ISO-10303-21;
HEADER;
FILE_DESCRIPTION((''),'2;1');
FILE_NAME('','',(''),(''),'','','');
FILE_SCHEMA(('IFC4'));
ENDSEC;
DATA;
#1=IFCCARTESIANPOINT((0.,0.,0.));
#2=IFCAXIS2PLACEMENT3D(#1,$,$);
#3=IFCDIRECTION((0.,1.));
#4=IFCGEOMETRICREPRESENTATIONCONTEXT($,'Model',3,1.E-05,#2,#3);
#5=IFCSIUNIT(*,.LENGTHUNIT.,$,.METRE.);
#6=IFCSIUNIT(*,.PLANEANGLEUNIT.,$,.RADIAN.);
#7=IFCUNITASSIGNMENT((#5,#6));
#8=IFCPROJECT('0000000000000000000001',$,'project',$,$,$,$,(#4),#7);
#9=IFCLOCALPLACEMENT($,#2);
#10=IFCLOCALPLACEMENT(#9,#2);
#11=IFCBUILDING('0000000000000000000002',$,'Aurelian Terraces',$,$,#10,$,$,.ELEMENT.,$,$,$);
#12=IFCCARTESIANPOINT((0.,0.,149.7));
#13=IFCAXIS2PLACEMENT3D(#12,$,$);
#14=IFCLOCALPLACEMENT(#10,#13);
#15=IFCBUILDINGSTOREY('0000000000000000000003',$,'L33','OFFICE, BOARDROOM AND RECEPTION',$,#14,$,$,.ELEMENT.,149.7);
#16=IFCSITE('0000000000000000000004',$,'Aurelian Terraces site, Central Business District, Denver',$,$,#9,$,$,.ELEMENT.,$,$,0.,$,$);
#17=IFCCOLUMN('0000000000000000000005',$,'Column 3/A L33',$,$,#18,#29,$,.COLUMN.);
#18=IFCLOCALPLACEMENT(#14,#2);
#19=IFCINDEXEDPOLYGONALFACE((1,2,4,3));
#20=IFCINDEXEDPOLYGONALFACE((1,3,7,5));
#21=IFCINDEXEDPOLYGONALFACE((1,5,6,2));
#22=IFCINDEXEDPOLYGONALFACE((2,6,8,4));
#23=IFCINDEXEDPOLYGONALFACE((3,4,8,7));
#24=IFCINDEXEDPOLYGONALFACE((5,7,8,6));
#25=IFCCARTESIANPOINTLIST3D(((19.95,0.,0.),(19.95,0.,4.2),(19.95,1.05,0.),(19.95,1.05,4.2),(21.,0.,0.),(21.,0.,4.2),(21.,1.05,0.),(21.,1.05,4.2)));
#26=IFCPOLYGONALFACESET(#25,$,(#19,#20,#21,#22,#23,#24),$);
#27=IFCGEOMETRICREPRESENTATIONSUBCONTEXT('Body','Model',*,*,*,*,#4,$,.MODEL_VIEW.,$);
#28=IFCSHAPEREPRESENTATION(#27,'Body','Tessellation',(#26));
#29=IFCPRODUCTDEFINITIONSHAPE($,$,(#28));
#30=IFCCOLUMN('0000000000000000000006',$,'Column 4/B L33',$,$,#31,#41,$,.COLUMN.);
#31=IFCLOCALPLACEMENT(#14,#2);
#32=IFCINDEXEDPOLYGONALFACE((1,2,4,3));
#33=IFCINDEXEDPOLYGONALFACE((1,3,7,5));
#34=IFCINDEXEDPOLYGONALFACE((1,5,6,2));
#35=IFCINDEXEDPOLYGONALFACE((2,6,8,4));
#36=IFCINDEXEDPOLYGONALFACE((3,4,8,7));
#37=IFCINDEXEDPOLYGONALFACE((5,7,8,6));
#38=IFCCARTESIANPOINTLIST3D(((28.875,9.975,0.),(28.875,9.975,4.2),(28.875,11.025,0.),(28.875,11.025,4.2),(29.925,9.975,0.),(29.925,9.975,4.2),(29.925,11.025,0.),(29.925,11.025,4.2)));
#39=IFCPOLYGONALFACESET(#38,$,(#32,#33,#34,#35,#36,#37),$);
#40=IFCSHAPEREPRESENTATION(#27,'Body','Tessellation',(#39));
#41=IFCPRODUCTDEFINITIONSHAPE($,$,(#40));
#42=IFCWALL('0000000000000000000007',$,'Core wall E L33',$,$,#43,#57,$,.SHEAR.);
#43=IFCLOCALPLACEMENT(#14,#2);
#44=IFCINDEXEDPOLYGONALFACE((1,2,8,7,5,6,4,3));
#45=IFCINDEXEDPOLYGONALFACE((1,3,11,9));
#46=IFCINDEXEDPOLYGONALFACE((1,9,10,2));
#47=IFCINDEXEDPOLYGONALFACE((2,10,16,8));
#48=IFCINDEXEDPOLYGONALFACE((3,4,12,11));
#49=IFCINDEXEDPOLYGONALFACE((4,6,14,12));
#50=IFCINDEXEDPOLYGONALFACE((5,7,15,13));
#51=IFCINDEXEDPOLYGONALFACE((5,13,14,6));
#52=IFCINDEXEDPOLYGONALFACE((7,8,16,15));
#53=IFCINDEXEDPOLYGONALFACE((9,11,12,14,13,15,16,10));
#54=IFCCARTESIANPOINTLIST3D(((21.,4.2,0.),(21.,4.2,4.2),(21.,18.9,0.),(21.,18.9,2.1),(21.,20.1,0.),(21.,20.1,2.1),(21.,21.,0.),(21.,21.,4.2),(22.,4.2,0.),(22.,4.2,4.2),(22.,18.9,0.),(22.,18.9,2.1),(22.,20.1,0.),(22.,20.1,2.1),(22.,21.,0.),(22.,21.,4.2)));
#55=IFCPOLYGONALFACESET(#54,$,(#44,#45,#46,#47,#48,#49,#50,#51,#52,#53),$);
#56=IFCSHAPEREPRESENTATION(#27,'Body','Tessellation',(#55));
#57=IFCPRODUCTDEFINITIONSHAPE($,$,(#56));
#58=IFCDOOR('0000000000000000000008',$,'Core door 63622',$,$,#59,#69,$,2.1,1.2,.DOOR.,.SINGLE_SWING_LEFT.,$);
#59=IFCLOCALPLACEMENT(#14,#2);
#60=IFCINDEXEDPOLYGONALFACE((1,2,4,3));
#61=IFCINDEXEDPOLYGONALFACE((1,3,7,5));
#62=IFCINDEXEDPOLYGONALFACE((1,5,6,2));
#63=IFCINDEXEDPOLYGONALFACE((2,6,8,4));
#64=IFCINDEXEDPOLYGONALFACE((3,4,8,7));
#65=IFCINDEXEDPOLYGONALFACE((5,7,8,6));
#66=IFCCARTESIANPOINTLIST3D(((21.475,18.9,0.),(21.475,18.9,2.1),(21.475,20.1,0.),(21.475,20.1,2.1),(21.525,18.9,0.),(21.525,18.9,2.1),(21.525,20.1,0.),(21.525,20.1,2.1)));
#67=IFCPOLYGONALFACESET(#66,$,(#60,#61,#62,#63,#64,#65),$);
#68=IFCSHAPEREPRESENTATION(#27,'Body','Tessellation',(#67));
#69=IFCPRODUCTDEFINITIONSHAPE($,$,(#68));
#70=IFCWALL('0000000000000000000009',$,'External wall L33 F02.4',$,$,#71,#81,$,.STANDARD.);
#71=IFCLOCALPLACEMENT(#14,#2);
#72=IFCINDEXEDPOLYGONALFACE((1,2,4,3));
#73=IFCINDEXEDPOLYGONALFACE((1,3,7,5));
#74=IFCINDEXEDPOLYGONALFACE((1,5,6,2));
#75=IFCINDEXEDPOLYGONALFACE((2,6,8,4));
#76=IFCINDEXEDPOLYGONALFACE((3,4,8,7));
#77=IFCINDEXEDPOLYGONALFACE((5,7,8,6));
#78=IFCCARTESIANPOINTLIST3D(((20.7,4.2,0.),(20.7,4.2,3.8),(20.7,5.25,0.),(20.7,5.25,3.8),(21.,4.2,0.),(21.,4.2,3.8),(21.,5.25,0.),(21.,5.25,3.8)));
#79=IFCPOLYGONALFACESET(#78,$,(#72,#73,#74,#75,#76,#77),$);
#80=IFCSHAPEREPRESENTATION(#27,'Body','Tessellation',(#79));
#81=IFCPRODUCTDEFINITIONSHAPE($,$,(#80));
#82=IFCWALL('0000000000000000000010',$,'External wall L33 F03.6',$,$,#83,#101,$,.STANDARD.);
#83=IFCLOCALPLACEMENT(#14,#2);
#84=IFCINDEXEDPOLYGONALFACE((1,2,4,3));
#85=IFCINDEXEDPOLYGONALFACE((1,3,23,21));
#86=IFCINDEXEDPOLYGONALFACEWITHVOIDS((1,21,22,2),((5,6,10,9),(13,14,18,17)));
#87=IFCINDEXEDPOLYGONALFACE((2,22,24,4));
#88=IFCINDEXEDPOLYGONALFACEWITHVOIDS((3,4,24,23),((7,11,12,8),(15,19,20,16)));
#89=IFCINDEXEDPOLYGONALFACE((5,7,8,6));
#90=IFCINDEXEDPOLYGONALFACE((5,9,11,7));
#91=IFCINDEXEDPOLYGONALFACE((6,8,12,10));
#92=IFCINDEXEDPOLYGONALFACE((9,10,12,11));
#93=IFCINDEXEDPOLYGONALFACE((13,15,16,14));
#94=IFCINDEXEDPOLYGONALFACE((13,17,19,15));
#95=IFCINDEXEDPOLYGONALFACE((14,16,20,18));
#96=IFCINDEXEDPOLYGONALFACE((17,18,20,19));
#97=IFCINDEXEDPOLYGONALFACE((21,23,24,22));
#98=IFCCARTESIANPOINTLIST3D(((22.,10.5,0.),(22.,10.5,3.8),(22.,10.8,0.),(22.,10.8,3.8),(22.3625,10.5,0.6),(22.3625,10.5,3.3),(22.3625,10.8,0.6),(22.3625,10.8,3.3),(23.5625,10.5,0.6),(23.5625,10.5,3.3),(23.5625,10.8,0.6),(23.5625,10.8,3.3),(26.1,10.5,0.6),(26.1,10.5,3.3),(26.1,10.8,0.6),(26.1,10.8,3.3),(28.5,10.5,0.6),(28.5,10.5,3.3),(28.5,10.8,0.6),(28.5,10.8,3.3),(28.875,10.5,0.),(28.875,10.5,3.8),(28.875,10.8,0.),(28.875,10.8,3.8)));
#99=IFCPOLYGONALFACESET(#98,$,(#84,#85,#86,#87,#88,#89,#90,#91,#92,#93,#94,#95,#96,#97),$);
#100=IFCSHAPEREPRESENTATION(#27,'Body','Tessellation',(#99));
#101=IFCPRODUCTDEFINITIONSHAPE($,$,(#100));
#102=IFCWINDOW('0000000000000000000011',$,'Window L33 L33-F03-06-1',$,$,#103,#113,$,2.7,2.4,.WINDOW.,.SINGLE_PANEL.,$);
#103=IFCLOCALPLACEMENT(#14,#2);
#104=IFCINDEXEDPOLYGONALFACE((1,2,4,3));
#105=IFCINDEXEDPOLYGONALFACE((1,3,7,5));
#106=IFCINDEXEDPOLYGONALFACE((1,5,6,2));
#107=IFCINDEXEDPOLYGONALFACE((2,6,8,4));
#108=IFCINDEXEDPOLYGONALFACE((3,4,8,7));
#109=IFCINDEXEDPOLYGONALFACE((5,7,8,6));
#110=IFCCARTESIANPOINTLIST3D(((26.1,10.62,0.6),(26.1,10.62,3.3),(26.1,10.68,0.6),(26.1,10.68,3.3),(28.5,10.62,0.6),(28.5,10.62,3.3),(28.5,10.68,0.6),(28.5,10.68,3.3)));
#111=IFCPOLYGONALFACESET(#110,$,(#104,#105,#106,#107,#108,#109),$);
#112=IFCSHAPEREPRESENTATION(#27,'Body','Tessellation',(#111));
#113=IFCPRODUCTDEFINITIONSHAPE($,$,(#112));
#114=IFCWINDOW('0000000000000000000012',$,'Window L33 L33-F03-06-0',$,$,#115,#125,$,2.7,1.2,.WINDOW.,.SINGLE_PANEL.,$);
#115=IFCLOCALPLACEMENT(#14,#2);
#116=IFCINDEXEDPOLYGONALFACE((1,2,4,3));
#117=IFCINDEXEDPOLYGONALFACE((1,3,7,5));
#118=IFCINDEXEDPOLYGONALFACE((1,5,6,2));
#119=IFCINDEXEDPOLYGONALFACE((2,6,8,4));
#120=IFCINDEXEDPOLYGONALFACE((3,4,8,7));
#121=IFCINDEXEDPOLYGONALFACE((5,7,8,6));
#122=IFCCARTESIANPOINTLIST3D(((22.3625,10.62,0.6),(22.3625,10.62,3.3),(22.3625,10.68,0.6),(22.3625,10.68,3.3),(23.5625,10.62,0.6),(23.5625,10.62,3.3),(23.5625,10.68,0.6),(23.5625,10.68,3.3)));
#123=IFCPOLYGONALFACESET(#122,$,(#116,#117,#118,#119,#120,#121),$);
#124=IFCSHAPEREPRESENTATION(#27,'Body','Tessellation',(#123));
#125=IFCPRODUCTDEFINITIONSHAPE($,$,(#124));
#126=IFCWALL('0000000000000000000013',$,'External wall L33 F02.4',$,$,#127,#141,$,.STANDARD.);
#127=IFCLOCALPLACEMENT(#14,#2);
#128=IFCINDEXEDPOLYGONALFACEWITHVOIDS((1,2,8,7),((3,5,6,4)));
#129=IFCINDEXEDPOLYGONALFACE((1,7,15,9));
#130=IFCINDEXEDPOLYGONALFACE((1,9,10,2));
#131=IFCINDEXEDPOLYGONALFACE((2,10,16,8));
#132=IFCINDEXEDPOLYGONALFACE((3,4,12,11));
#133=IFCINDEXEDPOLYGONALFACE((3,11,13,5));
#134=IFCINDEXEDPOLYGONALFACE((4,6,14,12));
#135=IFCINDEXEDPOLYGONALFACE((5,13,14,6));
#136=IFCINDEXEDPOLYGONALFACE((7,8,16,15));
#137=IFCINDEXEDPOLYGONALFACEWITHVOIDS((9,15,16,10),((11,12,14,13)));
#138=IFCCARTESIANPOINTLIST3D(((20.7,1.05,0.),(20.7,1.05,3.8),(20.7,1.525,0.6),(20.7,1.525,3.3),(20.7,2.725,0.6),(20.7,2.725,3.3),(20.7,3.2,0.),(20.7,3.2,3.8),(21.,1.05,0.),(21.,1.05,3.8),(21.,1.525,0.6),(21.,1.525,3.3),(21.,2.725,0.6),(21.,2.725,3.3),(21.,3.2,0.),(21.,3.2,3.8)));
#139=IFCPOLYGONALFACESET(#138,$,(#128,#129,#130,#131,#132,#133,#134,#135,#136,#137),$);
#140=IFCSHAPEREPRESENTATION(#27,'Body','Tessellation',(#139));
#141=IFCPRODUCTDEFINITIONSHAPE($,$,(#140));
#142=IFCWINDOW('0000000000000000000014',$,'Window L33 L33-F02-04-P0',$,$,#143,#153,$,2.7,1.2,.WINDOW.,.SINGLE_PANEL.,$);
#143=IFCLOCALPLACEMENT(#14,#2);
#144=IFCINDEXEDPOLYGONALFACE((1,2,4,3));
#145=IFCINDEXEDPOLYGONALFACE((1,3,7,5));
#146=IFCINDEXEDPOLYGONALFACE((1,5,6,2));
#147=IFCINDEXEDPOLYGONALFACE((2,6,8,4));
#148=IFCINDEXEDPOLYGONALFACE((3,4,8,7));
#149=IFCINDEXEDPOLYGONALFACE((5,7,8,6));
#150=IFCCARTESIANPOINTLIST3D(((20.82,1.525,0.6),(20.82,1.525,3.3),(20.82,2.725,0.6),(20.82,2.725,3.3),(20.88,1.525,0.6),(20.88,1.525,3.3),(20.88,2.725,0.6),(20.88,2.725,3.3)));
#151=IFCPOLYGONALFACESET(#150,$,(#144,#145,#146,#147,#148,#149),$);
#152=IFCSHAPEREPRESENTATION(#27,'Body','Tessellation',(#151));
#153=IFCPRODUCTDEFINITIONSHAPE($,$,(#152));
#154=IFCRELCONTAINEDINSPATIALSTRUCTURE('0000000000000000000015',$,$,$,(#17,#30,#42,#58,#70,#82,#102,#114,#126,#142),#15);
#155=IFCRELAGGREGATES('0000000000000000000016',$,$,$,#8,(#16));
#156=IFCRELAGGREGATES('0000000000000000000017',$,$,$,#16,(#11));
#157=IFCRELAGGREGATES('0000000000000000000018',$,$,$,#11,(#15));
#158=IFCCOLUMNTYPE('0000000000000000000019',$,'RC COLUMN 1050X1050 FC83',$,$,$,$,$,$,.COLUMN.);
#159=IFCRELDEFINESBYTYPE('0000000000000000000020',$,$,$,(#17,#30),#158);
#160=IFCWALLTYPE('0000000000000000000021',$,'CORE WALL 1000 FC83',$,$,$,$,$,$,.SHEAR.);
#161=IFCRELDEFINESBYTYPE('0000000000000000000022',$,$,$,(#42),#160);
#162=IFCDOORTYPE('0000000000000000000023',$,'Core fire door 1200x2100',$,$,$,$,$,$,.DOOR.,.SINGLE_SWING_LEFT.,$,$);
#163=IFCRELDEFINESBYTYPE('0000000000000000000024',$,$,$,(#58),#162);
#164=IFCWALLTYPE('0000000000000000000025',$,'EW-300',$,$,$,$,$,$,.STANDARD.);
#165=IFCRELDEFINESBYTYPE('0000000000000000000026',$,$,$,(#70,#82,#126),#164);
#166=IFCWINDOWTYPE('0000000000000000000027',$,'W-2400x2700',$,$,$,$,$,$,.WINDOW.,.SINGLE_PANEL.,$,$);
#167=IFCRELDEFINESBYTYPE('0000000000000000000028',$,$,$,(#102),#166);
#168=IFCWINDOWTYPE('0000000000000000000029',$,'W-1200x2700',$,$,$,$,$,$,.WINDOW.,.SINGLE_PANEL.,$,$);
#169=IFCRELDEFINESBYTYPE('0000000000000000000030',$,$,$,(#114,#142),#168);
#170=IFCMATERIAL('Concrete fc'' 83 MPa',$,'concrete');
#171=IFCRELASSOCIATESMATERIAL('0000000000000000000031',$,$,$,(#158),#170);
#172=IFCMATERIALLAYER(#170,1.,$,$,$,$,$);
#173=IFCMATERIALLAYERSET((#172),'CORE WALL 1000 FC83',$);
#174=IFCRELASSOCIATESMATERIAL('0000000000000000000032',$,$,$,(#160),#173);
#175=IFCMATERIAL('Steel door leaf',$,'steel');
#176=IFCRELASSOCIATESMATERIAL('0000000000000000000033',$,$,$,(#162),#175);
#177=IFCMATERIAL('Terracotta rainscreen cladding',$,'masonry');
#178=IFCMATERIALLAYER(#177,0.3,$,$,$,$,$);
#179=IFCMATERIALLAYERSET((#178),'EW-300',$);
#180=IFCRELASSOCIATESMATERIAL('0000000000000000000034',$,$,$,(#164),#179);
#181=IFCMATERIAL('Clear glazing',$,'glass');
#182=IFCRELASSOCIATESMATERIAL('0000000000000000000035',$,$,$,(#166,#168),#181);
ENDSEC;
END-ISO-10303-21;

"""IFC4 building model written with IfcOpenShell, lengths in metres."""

from ifc_helpers import new_model, si_unit, direction, frame, frame_2d, origin, origin_2d, place, context, subcontext, project, spatial, rectangle, extrude, source, transform, mapped, material, layer, layer_set, material_profile, profile_set, type_object, element, fill, save


model = new_model("IFC4")

# Units and contexts
model_context = context("Model", 3, precision=1e-05, world=origin(), true_north=direction((0.0, 1.0)))
body_context = subcontext(model_context, "Body", "Model", "MODEL_VIEW")
ifc_project = project(units=[si_unit("LENGTHUNIT", "METRE"), si_unit("PLANEANGLEUNIT", "RADIAN")], contexts=[model_context])

# Site, building, storey
site_placement = place(None, origin())
site = spatial("IfcSite", under=ifc_project, at=site_placement, Name="Aurelian Terraces site, Central Business District, Denver", CompositionType="ELEMENT", RefElevation=0.0)
building_placement = place(site_placement, origin())
building = spatial("IfcBuilding", under=site, at=building_placement, Name="Aurelian Terraces", CompositionType="ELEMENT")
storey_placement = place(building_placement, frame((0.0, 0.0, 149.7)))
storey = spatial("IfcBuildingStorey", under=building, at=storey_placement, Name="L33", Description="OFFICE, BOARDROOM AND RECEPTION", CompositionType="ELEMENT", Elevation=149.7)

# Columns
ifc_material_1 = material(Name="Concrete fc' 83 MPa", Category="concrete")
ifc_material_profile = material_profile(ifc_material_1, rectangle(XDim=1.05, YDim=1.05, at=origin_2d()))
ifc_profile_set = profile_set([ifc_material_profile], Name="Concrete fc' 83 MPa")
column_type = type_object("IfcColumnType", Name="RC COLUMN 1050X1050 FC83", PredefinedType="COLUMN", material=ifc_profile_set)
shared_shape_1 = source(origin(), body_context, "Body", "SweptSolid", [
    extrude(rectangle(XDim=1.05, YDim=1.05, at=origin_2d()), origin(), (0.0, 0.0, 1.0), 4.2),
])
for number, where, z_axis, x_axis, name in (
    (1, (20.475, 0.525, 0.0), (0.0, 0.0, 1.0), (1.0, 0.0, 0.0), "Column 3/A L33"),
    (2, (29.4, 10.5, 0.0), (0.0, 0.0, 1.0), (1.0, 0.0, 0.0), "Column 4/B L33"),
):
    element("IfcColumn", number, at=place(storey_placement, frame(where, z_axis=z_axis, x_axis=x_axis)), inside=storey, type_object=column_type, Name=name, PredefinedType="COLUMN", context=body_context, shape_type="MappedRepresentation", body=[
        mapped(shared_shape_1, transform((0.0, 0.0, 0.0), scale=1.0)),
    ])

# Wall, opening, door
ifc_layer_1 = layer(ifc_material_1, 1.0)
ifc_layer_set_1 = layer_set([ifc_layer_1], Name="CORE WALL 1000 FC83")
wall_type_1 = type_object("IfcWallType", Name="CORE WALL 1000 FC83", PredefinedType="SHEAR", material=ifc_layer_set_1)
shared_shape_2 = source(origin(), body_context, "Body", "SweptSolid", [
    extrude(rectangle(XDim=16.8, YDim=1.0, at=frame_2d((8.4, 0.0))), origin(), (0.0, 0.0, 1.0), 4.2),
])
wall_1_placement = place(storey_placement, frame((21.5, 4.2, 0.0), z_axis=(0.0, 0.0, 1.0), x_axis=(0.0, 1.0, 0.0)))
wall_1 = element("IfcWall", 3, at=wall_1_placement, inside=storey, type_object=wall_type_1, Name="Core wall E L33", PredefinedType="SHEAR", context=body_context, shape_type="MappedRepresentation", body=[
    mapped(shared_shape_2, transform((0.0, 0.0, 0.0), scale=1.0)),
])
shared_shape_3 = source(origin(), body_context, "Body", "SweptSolid", [
    extrude(rectangle(XDim=1.2, YDim=2.1, at=frame_2d((0.6, 1.05))), frame((0.0, 0.51, 0.0), z_axis=(0.0, -1.0, 0.0), x_axis=(1.0, 0.0, 0.0)), (0.0, 0.0, 1.0), 1.02),
])
opening_1_placement = place(wall_1_placement, frame((14.7, 0.0, 0.0)))
opening_1 = element("IfcOpeningElement", 4, at=opening_1_placement, cuts=wall_1, PredefinedType="OPENING", context=body_context, shape_type="MappedRepresentation", body=[
    mapped(shared_shape_3, transform((0.0, 0.0, 0.0), scale=1.0)),
])
ifc_material_2 = material(Name="Steel door leaf", Category="steel")
door_type = type_object("IfcDoorType", Name="Core fire door 1200x2100", OperationType="SINGLE_SWING_LEFT", PredefinedType="DOOR", material=ifc_material_2)
shared_shape_4 = source(origin(), body_context, "Body", "SweptSolid", [
    extrude(rectangle(XDim=1.2, YDim=2.1, at=frame_2d((0.6, 1.05))), frame((0.0, 0.025, 0.0), z_axis=(0.0, -1.0, 0.0), x_axis=(1.0, 0.0, 0.0)), (0.0, 0.0, 1.0), 0.05),
])
door_placement = place(opening_1_placement, origin())
door = element("IfcDoor", 5, at=door_placement, inside=storey, type_object=door_type, Name="Core door 63622", OperationType="SINGLE_SWING_LEFT", OverallHeight=2.1, OverallWidth=1.2, PredefinedType="DOOR", context=body_context, shape_type="MappedRepresentation", body=[
    mapped(shared_shape_4, transform((0.0, 0.0, 0.0), scale=1.0)),
])
fill(opening_1, door)

# Wall
ifc_material_3 = material(Name="Terracotta rainscreen cladding", Category="masonry")
ifc_layer_2 = layer(ifc_material_3, 0.3)
ifc_layer_set_2 = layer_set([ifc_layer_2], Name="EW-300")
wall_type_2 = type_object("IfcWallType", Name="EW-300", PredefinedType="STANDARD", material=ifc_layer_set_2)
shared_shape_5 = source(origin(), body_context, "Body", "SweptSolid", [
    extrude(rectangle(XDim=1.05, YDim=0.3, at=frame_2d((0.525, 0.0))), origin(), (0.0, 0.0, 1.0), 3.8),
])
wall_2_placement = place(storey_placement, frame((20.85, 4.2, 0.0), z_axis=(0.0, 0.0, 1.0), x_axis=(0.0, 1.0, 0.0)))
element("IfcWall", 6, at=wall_2_placement, inside=storey, type_object=wall_type_2, Name="External wall L33 F02.4", PredefinedType="STANDARD", context=body_context, shape_type="MappedRepresentation", body=[
    mapped(shared_shape_5, transform((0.0, 0.0, 0.0), scale=1.0)),
])

# Wall, openings, windows
shared_shape_6 = source(origin(), body_context, "Body", "SweptSolid", [
    extrude(rectangle(XDim=6.875, YDim=0.3, at=frame_2d((3.4375, 0.0))), origin(), (0.0, 0.0, 1.0), 3.8),
])
wall_3_placement = place(storey_placement, frame((22.0, 10.65, 0.0), z_axis=(0.0, 0.0, 1.0), x_axis=(1.0, 0.0, 0.0)))
wall_3 = element("IfcWall", 7, at=wall_3_placement, inside=storey, type_object=wall_type_2, Name="External wall L33 F03.6", PredefinedType="STANDARD", context=body_context, shape_type="MappedRepresentation", body=[
    mapped(shared_shape_6, transform((0.0, 0.0, 0.0), scale=1.0)),
])
shared_shape_7 = source(origin(), body_context, "Body", "SweptSolid", [
    extrude(rectangle(XDim=1.2, YDim=2.7, at=frame_2d((0.6, 1.35))), frame((0.0, 0.16, 0.0), z_axis=(0.0, -1.0, 0.0), x_axis=(1.0, 0.0, 0.0)), (0.0, 0.0, 1.0), 0.32),
])
opening_2_placement = place(wall_3_placement, frame((0.3625, 0.0, 0.6)))
opening_2 = element("IfcOpeningElement", 8, at=opening_2_placement, cuts=wall_3, PredefinedType="OPENING", context=body_context, shape_type="MappedRepresentation", body=[
    mapped(shared_shape_7, transform((0.0, 0.0, 0.0), scale=1.0)),
])
shared_shape_8 = source(origin(), body_context, "Body", "SweptSolid", [
    extrude(rectangle(XDim=2.4, YDim=2.7, at=frame_2d((1.2, 1.35))), frame((0.0, 0.16, 0.0), z_axis=(0.0, -1.0, 0.0), x_axis=(1.0, 0.0, 0.0)), (0.0, 0.0, 1.0), 0.32),
])
opening_3_placement = place(wall_3_placement, frame((4.1, 0.0, 0.6)))
opening_3 = element("IfcOpeningElement", 9, at=opening_3_placement, cuts=wall_3, PredefinedType="OPENING", context=body_context, shape_type="MappedRepresentation", body=[
    mapped(shared_shape_8, transform((0.0, 0.0, 0.0), scale=1.0)),
])
ifc_material_4 = material(Name="Clear glazing", Category="glass")
window_type_1 = type_object("IfcWindowType", Name="W-2400x2700", PartitioningType="SINGLE_PANEL", PredefinedType="WINDOW", material=ifc_material_4)
shared_shape_9 = source(origin(), body_context, "Body", "SweptSolid", [
    extrude(rectangle(XDim=2.4, YDim=2.7, at=frame_2d((1.2, 1.35))), frame((0.0, 0.03, 0.0), z_axis=(0.0, -1.0, 0.0), x_axis=(1.0, 0.0, 0.0)), (0.0, 0.0, 1.0), 0.06),
])
window_1_placement = place(opening_3_placement, origin())
window_1 = element("IfcWindow", 10, at=window_1_placement, inside=storey, type_object=window_type_1, Name="Window L33 L33-F03-06-1", OverallHeight=2.7, OverallWidth=2.4, PartitioningType="SINGLE_PANEL", PredefinedType="WINDOW", context=body_context, shape_type="MappedRepresentation", body=[
    mapped(shared_shape_9, transform((0.0, 0.0, 0.0), scale=1.0)),
])
fill(opening_3, window_1)
window_type_2 = type_object("IfcWindowType", Name="W-1200x2700", PartitioningType="SINGLE_PANEL", PredefinedType="WINDOW", material=ifc_material_4)
shared_shape_10 = source(origin(), body_context, "Body", "SweptSolid", [
    extrude(rectangle(XDim=1.2, YDim=2.7, at=frame_2d((0.6, 1.35))), frame((0.0, 0.03, 0.0), z_axis=(0.0, -1.0, 0.0), x_axis=(1.0, 0.0, 0.0)), (0.0, 0.0, 1.0), 0.06),
])
window_2_placement = place(opening_2_placement, origin())
window_2 = element("IfcWindow", 11, at=window_2_placement, inside=storey, type_object=window_type_2, Name="Window L33 L33-F03-06-0", OverallHeight=2.7, OverallWidth=1.2, PartitioningType="SINGLE_PANEL", PredefinedType="WINDOW", context=body_context, shape_type="MappedRepresentation", body=[
    mapped(shared_shape_10, transform((0.0, 0.0, 0.0), scale=1.0)),
])
fill(opening_2, window_2)

# Wall, opening, window
shared_shape_11 = source(origin(), body_context, "Body", "SweptSolid", [
    extrude(rectangle(XDim=2.15, YDim=0.3, at=frame_2d((1.075, 0.0))), origin(), (0.0, 0.0, 1.0), 3.8),
])
wall_4_placement = place(storey_placement, frame((20.85, 1.05, 0.0), z_axis=(0.0, 0.0, 1.0), x_axis=(0.0, 1.0, 0.0)))
wall_4 = element("IfcWall", 12, at=wall_4_placement, inside=storey, type_object=wall_type_2, Name="External wall L33 F02.4", PredefinedType="STANDARD", context=body_context, shape_type="MappedRepresentation", body=[
    mapped(shared_shape_11, transform((0.0, 0.0, 0.0), scale=1.0)),
])
opening_4_placement = place(wall_4_placement, frame((0.475, 0.0, 0.6)))
opening_4 = element("IfcOpeningElement", 13, at=opening_4_placement, cuts=wall_4, PredefinedType="OPENING", context=body_context, shape_type="MappedRepresentation", body=[
    mapped(shared_shape_7, transform((0.0, 0.0, 0.0), scale=1.0)),
])
window_3_placement = place(opening_4_placement, origin())
window_3 = element("IfcWindow", 14, at=window_3_placement, inside=storey, type_object=window_type_2, Name="Window L33 L33-F02-04-P0", OverallHeight=2.7, OverallWidth=1.2, PartitioningType="SINGLE_PANEL", PredefinedType="WINDOW", context=body_context, shape_type="MappedRepresentation", body=[
    mapped(shared_shape_10, transform((0.0, 0.0, 0.0), scale=1.0)),
])
fill(opening_4, window_3)

save(model, "model.ifc")
